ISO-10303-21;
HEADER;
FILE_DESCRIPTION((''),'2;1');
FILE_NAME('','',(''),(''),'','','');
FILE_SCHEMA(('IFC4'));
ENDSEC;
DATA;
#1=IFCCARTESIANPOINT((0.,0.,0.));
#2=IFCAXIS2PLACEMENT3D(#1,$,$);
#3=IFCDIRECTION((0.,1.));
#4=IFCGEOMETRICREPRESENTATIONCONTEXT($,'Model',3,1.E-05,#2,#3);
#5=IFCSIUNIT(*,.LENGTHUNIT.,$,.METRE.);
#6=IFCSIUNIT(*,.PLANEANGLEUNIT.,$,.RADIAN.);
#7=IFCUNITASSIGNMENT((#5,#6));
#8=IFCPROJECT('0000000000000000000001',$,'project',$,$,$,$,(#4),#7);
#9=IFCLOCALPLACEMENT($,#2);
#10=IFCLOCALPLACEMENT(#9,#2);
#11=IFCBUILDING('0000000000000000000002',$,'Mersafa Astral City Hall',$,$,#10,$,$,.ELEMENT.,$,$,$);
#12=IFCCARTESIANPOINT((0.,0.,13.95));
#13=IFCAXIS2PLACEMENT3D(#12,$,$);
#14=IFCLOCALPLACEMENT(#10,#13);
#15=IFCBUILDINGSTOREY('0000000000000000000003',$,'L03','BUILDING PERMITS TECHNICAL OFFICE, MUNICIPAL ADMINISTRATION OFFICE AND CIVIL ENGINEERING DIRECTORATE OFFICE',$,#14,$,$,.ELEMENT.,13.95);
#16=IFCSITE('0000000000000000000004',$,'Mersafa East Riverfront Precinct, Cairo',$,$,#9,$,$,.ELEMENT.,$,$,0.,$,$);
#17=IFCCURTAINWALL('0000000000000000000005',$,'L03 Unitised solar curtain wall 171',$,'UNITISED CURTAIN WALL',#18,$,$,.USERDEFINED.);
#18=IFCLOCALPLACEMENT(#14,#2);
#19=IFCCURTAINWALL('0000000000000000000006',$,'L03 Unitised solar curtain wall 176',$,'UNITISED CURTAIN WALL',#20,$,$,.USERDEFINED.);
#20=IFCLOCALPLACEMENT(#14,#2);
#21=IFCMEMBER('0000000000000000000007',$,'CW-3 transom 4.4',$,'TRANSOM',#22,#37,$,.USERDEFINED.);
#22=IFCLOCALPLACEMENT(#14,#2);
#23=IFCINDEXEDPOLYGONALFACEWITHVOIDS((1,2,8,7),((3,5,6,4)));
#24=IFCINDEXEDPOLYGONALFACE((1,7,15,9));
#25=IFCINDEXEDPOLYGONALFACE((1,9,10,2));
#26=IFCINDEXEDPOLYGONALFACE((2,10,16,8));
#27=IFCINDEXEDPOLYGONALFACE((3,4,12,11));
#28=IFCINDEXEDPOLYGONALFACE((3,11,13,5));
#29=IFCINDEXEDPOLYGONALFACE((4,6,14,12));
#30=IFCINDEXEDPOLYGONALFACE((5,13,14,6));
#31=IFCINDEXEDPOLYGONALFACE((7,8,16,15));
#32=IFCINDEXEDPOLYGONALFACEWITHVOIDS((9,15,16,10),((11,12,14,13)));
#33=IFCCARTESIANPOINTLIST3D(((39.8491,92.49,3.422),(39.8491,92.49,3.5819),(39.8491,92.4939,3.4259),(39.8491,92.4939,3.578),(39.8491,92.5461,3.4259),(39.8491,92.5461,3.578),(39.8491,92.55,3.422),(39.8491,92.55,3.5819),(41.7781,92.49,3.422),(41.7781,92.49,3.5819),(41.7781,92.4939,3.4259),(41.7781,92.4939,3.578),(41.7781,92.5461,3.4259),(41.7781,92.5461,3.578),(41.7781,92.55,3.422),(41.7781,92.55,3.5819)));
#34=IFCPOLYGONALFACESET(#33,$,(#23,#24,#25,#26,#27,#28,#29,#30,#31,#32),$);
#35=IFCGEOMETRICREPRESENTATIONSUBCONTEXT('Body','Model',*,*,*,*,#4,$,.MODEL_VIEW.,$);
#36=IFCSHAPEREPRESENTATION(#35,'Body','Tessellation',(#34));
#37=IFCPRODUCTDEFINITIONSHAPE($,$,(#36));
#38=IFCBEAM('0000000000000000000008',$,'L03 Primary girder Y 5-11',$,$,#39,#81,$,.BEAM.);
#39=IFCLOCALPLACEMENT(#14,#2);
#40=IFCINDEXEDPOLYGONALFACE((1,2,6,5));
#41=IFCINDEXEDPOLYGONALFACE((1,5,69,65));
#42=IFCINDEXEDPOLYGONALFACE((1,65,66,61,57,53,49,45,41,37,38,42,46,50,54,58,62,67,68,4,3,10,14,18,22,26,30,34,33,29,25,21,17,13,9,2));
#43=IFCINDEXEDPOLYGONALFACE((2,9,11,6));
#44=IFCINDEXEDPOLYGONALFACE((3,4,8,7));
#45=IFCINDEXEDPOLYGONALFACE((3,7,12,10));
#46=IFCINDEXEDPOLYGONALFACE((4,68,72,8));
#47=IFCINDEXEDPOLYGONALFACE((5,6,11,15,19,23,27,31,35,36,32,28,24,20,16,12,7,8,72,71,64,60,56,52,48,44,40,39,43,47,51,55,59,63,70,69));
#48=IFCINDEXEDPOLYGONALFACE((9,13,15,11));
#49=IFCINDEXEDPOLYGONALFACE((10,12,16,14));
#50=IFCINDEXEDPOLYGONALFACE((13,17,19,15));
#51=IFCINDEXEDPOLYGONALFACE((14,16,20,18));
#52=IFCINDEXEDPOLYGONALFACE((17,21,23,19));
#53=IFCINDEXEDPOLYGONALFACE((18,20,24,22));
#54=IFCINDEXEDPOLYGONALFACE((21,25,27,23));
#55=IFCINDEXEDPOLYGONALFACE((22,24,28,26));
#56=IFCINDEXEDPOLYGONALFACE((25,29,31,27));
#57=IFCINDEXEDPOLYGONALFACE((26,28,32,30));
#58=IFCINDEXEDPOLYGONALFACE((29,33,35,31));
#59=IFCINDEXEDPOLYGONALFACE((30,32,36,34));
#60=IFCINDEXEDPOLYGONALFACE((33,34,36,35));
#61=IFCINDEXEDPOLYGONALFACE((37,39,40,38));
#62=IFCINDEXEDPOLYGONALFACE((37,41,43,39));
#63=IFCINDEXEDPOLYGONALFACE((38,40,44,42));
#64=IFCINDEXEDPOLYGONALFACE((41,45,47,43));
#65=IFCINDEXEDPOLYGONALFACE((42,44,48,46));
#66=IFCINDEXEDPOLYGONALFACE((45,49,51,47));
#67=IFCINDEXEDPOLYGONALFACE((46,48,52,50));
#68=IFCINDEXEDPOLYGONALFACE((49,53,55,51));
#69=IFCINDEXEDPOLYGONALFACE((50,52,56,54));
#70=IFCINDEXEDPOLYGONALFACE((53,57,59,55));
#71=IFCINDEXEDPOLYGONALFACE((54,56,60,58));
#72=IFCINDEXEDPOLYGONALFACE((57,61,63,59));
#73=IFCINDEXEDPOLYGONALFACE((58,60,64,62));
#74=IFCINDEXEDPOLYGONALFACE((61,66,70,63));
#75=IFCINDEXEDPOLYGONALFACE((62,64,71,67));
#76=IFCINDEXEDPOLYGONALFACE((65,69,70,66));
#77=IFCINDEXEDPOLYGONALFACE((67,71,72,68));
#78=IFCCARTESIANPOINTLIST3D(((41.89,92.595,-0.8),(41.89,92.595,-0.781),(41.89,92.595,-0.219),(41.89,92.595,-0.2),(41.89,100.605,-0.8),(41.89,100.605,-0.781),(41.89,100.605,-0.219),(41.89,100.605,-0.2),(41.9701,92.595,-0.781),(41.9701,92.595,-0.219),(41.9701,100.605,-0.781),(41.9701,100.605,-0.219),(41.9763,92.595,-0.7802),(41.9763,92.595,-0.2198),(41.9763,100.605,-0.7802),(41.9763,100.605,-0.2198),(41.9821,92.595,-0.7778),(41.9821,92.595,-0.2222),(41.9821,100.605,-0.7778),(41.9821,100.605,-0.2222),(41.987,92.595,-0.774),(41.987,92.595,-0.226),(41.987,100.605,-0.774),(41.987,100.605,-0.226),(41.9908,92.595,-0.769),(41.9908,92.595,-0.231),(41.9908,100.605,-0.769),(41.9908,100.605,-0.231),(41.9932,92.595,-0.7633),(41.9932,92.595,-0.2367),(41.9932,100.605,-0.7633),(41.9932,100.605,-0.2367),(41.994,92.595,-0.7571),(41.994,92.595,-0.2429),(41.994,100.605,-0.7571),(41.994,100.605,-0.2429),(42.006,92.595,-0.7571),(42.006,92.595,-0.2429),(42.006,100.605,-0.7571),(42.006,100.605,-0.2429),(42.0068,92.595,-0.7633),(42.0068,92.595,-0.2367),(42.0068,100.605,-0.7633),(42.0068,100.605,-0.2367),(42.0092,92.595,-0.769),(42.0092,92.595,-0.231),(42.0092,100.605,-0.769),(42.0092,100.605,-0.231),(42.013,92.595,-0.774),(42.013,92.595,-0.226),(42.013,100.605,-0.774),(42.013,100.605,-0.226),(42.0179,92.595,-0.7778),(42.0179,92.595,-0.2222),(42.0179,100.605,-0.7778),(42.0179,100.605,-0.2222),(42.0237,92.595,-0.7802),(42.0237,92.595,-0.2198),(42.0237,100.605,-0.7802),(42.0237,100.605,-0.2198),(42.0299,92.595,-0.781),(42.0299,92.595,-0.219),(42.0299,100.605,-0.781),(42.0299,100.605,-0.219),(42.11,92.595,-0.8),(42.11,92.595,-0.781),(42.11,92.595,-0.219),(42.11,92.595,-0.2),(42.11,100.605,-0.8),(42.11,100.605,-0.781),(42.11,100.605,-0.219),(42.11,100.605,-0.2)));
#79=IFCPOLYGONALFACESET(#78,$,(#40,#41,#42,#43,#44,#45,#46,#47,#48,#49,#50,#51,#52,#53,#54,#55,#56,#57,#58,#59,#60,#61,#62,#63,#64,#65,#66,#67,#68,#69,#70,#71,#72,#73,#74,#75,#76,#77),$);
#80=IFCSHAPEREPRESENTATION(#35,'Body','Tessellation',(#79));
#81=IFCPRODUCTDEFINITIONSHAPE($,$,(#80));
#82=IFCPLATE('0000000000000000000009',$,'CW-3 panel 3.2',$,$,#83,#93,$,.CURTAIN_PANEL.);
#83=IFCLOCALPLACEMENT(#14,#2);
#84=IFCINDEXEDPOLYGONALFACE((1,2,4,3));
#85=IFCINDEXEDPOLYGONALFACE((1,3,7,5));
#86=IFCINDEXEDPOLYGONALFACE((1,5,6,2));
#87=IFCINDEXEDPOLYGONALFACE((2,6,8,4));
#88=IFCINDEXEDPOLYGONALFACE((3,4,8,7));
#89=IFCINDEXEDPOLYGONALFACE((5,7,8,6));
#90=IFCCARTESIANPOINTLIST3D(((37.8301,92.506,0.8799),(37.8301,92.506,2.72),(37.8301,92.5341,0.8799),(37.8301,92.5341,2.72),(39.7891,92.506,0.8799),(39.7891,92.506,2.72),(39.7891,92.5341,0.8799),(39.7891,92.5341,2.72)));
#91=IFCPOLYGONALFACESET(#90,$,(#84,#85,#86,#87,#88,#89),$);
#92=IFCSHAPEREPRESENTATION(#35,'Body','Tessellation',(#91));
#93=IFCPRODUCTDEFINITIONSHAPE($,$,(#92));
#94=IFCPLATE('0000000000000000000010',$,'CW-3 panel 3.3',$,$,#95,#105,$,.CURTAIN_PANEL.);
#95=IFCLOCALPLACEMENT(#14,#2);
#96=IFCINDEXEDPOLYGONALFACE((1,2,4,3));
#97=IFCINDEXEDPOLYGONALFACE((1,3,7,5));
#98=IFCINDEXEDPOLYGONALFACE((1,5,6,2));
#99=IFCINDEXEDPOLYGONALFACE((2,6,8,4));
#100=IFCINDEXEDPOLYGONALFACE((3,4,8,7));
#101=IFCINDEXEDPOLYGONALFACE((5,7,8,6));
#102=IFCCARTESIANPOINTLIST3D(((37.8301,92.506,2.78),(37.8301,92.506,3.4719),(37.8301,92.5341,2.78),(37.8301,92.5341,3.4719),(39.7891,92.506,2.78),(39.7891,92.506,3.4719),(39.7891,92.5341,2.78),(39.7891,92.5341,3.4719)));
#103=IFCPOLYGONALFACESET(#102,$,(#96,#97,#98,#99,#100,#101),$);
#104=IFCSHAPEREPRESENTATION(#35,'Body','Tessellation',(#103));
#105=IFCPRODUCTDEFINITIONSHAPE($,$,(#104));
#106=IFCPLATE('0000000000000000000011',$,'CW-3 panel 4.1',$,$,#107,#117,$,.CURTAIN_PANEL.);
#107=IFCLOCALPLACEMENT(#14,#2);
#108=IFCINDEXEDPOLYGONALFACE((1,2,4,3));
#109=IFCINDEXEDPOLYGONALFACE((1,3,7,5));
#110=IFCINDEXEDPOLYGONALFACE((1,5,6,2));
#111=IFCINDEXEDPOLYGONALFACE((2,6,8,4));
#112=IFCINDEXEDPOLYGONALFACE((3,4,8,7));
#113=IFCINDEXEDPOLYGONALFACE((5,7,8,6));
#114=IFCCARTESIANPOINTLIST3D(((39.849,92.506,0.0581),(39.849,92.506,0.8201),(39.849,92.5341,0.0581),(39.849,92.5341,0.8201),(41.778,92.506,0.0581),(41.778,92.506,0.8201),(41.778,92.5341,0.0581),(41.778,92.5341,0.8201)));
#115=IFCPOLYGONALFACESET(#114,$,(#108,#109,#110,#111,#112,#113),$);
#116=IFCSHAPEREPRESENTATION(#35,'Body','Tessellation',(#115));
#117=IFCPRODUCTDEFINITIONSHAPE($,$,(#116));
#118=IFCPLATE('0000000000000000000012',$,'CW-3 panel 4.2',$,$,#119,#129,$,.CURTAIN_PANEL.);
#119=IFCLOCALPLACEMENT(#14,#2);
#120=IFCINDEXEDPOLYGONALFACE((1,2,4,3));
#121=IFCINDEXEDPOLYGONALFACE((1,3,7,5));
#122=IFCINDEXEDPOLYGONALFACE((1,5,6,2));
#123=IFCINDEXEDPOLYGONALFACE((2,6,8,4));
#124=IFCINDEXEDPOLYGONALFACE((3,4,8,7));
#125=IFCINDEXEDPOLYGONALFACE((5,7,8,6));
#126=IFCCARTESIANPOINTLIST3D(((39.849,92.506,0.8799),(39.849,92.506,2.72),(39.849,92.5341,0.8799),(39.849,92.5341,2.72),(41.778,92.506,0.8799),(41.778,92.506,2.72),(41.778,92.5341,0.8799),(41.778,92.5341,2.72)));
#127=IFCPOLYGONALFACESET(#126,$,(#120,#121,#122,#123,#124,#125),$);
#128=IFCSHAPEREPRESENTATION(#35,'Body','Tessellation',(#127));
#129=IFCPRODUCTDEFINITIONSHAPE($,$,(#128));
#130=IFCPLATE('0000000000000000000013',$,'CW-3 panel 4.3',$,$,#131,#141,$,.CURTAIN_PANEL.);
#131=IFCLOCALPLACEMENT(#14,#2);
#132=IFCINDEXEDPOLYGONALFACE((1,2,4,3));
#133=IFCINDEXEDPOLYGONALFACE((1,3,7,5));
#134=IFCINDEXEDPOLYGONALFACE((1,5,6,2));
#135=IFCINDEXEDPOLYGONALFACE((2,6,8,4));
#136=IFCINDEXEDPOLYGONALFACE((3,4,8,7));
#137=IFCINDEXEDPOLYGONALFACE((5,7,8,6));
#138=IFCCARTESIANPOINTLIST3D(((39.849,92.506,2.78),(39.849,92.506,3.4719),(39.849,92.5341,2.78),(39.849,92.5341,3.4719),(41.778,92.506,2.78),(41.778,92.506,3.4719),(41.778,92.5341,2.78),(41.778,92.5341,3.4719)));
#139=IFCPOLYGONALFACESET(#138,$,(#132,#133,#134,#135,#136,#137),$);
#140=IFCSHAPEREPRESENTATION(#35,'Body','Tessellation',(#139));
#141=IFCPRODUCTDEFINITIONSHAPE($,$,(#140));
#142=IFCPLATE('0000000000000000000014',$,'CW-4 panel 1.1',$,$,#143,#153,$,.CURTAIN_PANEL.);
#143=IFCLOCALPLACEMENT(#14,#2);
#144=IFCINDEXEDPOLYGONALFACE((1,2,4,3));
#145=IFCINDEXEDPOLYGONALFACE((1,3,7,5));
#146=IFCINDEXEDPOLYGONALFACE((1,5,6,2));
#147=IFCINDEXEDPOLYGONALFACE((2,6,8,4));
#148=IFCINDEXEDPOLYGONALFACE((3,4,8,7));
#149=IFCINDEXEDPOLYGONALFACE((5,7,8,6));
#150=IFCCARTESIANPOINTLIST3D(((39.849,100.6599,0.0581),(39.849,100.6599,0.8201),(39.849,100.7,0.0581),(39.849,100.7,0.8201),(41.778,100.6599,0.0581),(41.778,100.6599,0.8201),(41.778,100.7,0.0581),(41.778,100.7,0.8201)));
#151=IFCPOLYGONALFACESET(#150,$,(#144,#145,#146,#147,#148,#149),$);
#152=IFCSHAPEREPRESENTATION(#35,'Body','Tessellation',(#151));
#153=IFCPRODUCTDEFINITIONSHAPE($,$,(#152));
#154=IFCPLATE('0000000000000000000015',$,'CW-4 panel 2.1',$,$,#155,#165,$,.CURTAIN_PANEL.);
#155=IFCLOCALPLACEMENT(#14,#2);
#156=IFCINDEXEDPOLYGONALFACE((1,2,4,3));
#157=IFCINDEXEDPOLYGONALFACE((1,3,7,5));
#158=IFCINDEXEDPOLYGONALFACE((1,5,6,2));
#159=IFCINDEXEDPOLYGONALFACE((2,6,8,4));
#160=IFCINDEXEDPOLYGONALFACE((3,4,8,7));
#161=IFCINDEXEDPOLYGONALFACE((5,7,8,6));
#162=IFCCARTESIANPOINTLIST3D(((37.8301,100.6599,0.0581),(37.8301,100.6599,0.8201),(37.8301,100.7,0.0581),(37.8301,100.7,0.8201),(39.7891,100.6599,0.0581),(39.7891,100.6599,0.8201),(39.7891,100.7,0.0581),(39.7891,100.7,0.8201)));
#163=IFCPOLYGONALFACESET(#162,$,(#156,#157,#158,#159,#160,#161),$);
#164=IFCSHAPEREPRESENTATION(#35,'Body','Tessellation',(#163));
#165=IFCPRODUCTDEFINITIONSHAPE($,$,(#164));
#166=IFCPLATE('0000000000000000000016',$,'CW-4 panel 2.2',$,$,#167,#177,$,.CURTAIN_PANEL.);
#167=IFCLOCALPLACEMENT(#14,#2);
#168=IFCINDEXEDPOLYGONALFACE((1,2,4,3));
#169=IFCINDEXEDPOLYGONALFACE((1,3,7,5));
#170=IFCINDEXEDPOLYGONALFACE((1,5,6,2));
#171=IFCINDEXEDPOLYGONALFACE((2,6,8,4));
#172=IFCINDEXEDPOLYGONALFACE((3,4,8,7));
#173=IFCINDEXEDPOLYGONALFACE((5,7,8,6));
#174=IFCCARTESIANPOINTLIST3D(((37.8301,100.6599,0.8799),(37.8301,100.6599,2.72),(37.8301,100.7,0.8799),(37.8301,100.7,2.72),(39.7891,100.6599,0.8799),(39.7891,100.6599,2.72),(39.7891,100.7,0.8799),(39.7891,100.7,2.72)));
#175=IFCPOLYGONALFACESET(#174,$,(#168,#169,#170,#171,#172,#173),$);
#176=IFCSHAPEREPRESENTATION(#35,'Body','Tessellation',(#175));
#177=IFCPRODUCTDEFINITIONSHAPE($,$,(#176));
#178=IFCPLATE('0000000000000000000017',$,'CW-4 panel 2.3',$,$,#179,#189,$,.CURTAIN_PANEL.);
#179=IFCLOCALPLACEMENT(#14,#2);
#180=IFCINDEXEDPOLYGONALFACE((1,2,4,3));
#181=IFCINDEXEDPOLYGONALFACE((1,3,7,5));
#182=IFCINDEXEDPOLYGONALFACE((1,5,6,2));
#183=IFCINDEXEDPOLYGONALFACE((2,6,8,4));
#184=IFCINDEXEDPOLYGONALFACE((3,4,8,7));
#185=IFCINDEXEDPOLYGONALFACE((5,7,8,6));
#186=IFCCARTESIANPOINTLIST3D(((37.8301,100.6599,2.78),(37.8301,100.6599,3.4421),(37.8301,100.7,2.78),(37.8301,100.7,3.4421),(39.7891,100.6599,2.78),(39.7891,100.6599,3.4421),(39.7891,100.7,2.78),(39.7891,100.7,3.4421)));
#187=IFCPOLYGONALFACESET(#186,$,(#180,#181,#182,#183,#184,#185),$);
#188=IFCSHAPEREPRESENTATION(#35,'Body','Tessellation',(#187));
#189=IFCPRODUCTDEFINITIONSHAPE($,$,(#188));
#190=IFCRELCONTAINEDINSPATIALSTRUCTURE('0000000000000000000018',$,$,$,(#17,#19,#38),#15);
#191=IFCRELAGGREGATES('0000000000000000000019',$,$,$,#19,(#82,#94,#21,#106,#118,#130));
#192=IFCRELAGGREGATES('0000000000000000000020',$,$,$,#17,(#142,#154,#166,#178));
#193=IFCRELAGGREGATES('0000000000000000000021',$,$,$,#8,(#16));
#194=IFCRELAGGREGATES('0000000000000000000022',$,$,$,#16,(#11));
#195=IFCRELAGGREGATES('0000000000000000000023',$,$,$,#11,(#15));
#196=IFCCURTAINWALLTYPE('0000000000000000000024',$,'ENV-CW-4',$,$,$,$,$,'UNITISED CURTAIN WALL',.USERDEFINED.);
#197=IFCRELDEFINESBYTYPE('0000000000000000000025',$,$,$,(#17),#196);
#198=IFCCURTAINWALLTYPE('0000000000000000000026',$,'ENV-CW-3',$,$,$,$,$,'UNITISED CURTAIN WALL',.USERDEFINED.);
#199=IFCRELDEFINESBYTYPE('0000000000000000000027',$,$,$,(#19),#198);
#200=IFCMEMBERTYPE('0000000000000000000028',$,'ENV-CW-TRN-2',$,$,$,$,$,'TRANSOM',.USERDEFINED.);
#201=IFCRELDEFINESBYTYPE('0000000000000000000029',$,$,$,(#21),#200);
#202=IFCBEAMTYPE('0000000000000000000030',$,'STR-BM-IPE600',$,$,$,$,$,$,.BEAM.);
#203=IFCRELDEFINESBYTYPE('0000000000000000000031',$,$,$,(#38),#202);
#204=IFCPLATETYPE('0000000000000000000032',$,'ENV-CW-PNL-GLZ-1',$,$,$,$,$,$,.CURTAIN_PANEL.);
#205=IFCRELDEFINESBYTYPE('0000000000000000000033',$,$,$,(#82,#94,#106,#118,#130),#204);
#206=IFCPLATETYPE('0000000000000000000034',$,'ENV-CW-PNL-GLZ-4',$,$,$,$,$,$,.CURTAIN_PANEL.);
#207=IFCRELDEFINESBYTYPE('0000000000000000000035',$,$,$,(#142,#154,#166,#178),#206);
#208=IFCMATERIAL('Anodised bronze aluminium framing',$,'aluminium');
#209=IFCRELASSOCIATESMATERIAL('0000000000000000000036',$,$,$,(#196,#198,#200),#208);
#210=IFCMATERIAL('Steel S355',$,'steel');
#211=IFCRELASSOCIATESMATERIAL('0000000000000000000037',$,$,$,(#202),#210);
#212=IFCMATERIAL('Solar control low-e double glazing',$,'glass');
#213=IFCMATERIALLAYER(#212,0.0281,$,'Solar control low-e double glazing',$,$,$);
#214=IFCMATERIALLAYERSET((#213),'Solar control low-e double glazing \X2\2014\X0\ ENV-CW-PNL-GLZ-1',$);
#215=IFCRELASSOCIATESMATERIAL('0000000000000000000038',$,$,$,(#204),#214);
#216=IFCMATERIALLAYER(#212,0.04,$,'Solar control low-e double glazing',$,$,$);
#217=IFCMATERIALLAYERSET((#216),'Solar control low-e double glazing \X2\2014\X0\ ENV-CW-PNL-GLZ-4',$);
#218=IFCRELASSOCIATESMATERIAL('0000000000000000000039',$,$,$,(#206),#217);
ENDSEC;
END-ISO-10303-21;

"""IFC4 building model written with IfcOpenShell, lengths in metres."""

from ifc_helpers import new_model, si_unit, direction, frame, origin, origin_2d, place, context, subcontext, project, spatial, rectangle, hollow_rectangle, i_section, extrude, material, layer, layer_set, material_profile, profile_set, type_object, element, aggregate, save


model = new_model("IFC4")

# Units and contexts
model_context = context("Model", 3, precision=1e-05, world=origin(), true_north=direction((0.0, 1.0)))
body_context = subcontext(model_context, "Body", "Model", "MODEL_VIEW")
ifc_project = project(units=[si_unit("LENGTHUNIT", "METRE"), si_unit("PLANEANGLEUNIT", "RADIAN")], contexts=[model_context])

# Site, building, storey
site_placement = place(None, origin())
site = spatial("IfcSite", under=ifc_project, at=site_placement, Name="Mersafa East Riverfront Precinct, Cairo", CompositionType="ELEMENT", RefElevation=0.0)
building_placement = place(site_placement, origin())
building = spatial("IfcBuilding", under=site, at=building_placement, Name="Mersafa Astral City Hall", CompositionType="ELEMENT")
storey_placement = place(building_placement, frame((0.0, 0.0, 13.95)))
storey = spatial("IfcBuildingStorey", under=building, at=storey_placement, Name="L03", Description="BUILDING PERMITS TECHNICAL OFFICE, MUNICIPAL ADMINISTRATION OFFICE AND CIVIL ENGINEERING DIRECTORATE OFFICE", CompositionType="ELEMENT", Elevation=13.95)

# Curtain wall
ifc_material_1 = material(Name="Anodised bronze aluminium framing", Category="aluminium")
curtain_wall_type_1 = type_object("IfcCurtainWallType", Name="ENV-CW-4", ElementType="UNITISED CURTAIN WALL", PredefinedType="USERDEFINED", material=ifc_material_1)
curtain_wall_1_placement = place(storey_placement, origin())
curtain_wall_1 = element("IfcCurtainWall", 1, at=curtain_wall_1_placement, inside=storey, type_object=curtain_wall_type_1, Name="L03 Unitised solar curtain wall 171", ObjectType="UNITISED CURTAIN WALL", PredefinedType="USERDEFINED")

# Curtain wall
curtain_wall_type_2 = type_object("IfcCurtainWallType", Name="ENV-CW-3", ElementType="UNITISED CURTAIN WALL", PredefinedType="USERDEFINED", material=ifc_material_1)
curtain_wall_2_placement = place(storey_placement, origin())
curtain_wall_2 = element("IfcCurtainWall", 2, at=curtain_wall_2_placement, inside=storey, type_object=curtain_wall_type_2, Name="L03 Unitised solar curtain wall 176", ObjectType="UNITISED CURTAIN WALL", PredefinedType="USERDEFINED")

# Member
ifc_material_profile_1 = material_profile(ifc_material_1, hollow_rectangle(XDim=0.0601, YDim=0.1599, WallThickness=0.0039, at=origin_2d()), Name="RHS 60x160x4")
ifc_profile_set_1 = profile_set([ifc_material_profile_1], Name="Anodised bronze aluminium framing")
member_type_1 = type_object("IfcMemberType", Name="ENV-CW-TRN-2", ElementType="TRANSOM", PredefinedType="USERDEFINED", material=ifc_profile_set_1)
member_1_placement = place(storey_placement, frame((39.8491, 92.52, 3.502), z_axis=(1.0, 0.0, 0.0), x_axis=(0.0, 1.0, 0.0)))
member_1 = element("IfcMember", 3, at=member_1_placement, type_object=member_type_1, Name="CW-3 transom 4.4", ObjectType="TRANSOM", PredefinedType="USERDEFINED", context=body_context, shape_type="SweptSolid", body=[
    extrude(hollow_rectangle(XDim=0.0601, YDim=0.1599, WallThickness=0.0039, at=origin_2d()), origin(), (0.0, 0.0, 1.0), 1.929),
])

# Beam
ifc_material_2 = material(Name="Steel S355", Category="steel")
ifc_material_profile_2 = material_profile(ifc_material_2, i_section(OverallWidth=0.22, OverallDepth=0.6001, WebThickness=0.012, FlangeThickness=0.019, FilletRadius=0.0239, at=origin_2d()), Name="IPE 600")
ifc_profile_set_2 = profile_set([ifc_material_profile_2], Name="Steel S355")
beam_type = type_object("IfcBeamType", Name="STR-BM-IPE600", PredefinedType="BEAM", material=ifc_profile_set_2)
beam_placement = place(storey_placement, frame((42.0, 92.595, -0.5), z_axis=(0.0, 1.0, 0.0), x_axis=(-1.0, 0.0, 0.0)))
element("IfcBeam", 4, at=beam_placement, inside=storey, type_object=beam_type, Name="L03 Primary girder Y 5-11", PredefinedType="BEAM", context=body_context, shape_type="SweptSolid", body=[
    extrude(i_section(OverallWidth=0.22, OverallDepth=0.6001, WebThickness=0.012, FlangeThickness=0.019, FilletRadius=0.0239, at=origin_2d()), origin(), (0.0, 0.0, 1.0), 8.01),
])

# Plates
ifc_material_3 = material(Name="Solar control low-e double glazing", Category="glass")
ifc_layer_1 = layer(ifc_material_3, 0.0281, Name="Solar control low-e double glazing")
ifc_layer_set_1 = layer_set([ifc_layer_1], Name="Solar control low-e double glazing — ENV-CW-PNL-GLZ-1")
plate_type_1 = type_object("IfcPlateType", Name="ENV-CW-PNL-GLZ-1", PredefinedType="CURTAIN_PANEL", material=ifc_layer_set_1)
plate_1_placement = place(storey_placement, frame((38.8096, 92.52, 0.8799), z_axis=(0.0, 0.0, 1.0), x_axis=(1.0, 0.0, 0.0)))
plate_1 = element("IfcPlate", 5, at=plate_1_placement, type_object=plate_type_1, Name="CW-3 panel 3.2", PredefinedType="CURTAIN_PANEL", context=body_context, shape_type="SweptSolid", body=[
    extrude(rectangle(XDim=1.959, YDim=0.0281, at=origin_2d()), origin(), (0.0, 0.0, 1.0), 1.8401),
])
plate_2_placement = place(storey_placement, frame((38.8096, 92.52, 2.78), z_axis=(0.0, 0.0, 1.0), x_axis=(1.0, 0.0, 0.0)))
plate_2 = element("IfcPlate", 6, at=plate_2_placement, type_object=plate_type_1, Name="CW-3 panel 3.3", PredefinedType="CURTAIN_PANEL", context=body_context, shape_type="SweptSolid", body=[
    extrude(rectangle(XDim=1.959, YDim=0.0281, at=origin_2d()), origin(), (0.0, 0.0, 1.0), 0.6919),
])
plate_3_placement = place(storey_placement, frame((40.8135, 92.52, 0.0581), z_axis=(0.0, 0.0, 1.0), x_axis=(1.0, 0.0, 0.0)))
plate_3 = element("IfcPlate", 7, at=plate_3_placement, type_object=plate_type_1, Name="CW-3 panel 4.1", PredefinedType="CURTAIN_PANEL", context=body_context, shape_type="SweptSolid", body=[
    extrude(rectangle(XDim=1.929, YDim=0.0281, at=origin_2d()), origin(), (0.0, 0.0, 1.0), 0.762),
])
plate_4_placement = place(storey_placement, frame((40.8135, 92.52, 0.8799), z_axis=(0.0, 0.0, 1.0), x_axis=(1.0, 0.0, 0.0)))
plate_4 = element("IfcPlate", 8, at=plate_4_placement, type_object=plate_type_1, Name="CW-3 panel 4.2", PredefinedType="CURTAIN_PANEL", context=body_context, shape_type="SweptSolid", body=[
    extrude(rectangle(XDim=1.929, YDim=0.0281, at=origin_2d()), origin(), (0.0, 0.0, 1.0), 1.8401),
])
plate_5_placement = place(storey_placement, frame((40.8135, 92.52, 2.78), z_axis=(0.0, 0.0, 1.0), x_axis=(1.0, 0.0, 0.0)))
plate_5 = element("IfcPlate", 9, at=plate_5_placement, type_object=plate_type_1, Name="CW-3 panel 4.3", PredefinedType="CURTAIN_PANEL", context=body_context, shape_type="SweptSolid", body=[
    extrude(rectangle(XDim=1.929, YDim=0.0281, at=origin_2d()), origin(), (0.0, 0.0, 1.0), 0.6919),
])
aggregate(curtain_wall_2, [plate_1, plate_2, member_1, plate_3, plate_4, plate_5])
ifc_layer_2 = layer(ifc_material_3, 0.04, Name="Solar control low-e double glazing")
ifc_layer_set_2 = layer_set([ifc_layer_2], Name="Solar control low-e double glazing — ENV-CW-PNL-GLZ-4")
plate_type_2 = type_object("IfcPlateType", Name="ENV-CW-PNL-GLZ-4", PredefinedType="CURTAIN_PANEL", material=ifc_layer_set_2)
plate_6_placement = place(storey_placement, frame((40.8135, 100.6799, 0.0581), z_axis=(0.0, 0.0, 1.0), x_axis=(-1.0, 0.0, 0.0)))
plate_6 = element("IfcPlate", 10, at=plate_6_placement, type_object=plate_type_2, Name="CW-4 panel 1.1", PredefinedType="CURTAIN_PANEL", context=body_context, shape_type="SweptSolid", body=[
    extrude(rectangle(XDim=1.929, YDim=0.04, at=origin_2d()), origin(), (0.0, 0.0, 1.0), 0.762),
])
plate_7_placement = place(storey_placement, frame((38.8096, 100.6799, 0.0581), z_axis=(0.0, 0.0, 1.0), x_axis=(-1.0, 0.0, 0.0)))
plate_7 = element("IfcPlate", 11, at=plate_7_placement, type_object=plate_type_2, Name="CW-4 panel 2.1", PredefinedType="CURTAIN_PANEL", context=body_context, shape_type="SweptSolid", body=[
    extrude(rectangle(XDim=1.959, YDim=0.04, at=origin_2d()), origin(), (0.0, 0.0, 1.0), 0.762),
])
plate_8_placement = place(storey_placement, frame((38.8096, 100.6799, 0.8799), z_axis=(0.0, 0.0, 1.0), x_axis=(-1.0, 0.0, 0.0)))
plate_8 = element("IfcPlate", 12, at=plate_8_placement, type_object=plate_type_2, Name="CW-4 panel 2.2", PredefinedType="CURTAIN_PANEL", context=body_context, shape_type="SweptSolid", body=[
    extrude(rectangle(XDim=1.959, YDim=0.04, at=origin_2d()), origin(), (0.0, 0.0, 1.0), 1.8401),
])
plate_9_placement = place(storey_placement, frame((38.8096, 100.6799, 2.78), z_axis=(0.0, 0.0, 1.0), x_axis=(-1.0, 0.0, 0.0)))
plate_9 = element("IfcPlate", 13, at=plate_9_placement, type_object=plate_type_2, Name="CW-4 panel 2.3", PredefinedType="CURTAIN_PANEL", context=body_context, shape_type="SweptSolid", body=[
    extrude(rectangle(XDim=1.959, YDim=0.04, at=origin_2d()), origin(), (0.0, 0.0, 1.0), 0.6621),
])
aggregate(curtain_wall_1, [plate_6, plate_7, plate_8, plate_9])

save(model, "model.ifc")
